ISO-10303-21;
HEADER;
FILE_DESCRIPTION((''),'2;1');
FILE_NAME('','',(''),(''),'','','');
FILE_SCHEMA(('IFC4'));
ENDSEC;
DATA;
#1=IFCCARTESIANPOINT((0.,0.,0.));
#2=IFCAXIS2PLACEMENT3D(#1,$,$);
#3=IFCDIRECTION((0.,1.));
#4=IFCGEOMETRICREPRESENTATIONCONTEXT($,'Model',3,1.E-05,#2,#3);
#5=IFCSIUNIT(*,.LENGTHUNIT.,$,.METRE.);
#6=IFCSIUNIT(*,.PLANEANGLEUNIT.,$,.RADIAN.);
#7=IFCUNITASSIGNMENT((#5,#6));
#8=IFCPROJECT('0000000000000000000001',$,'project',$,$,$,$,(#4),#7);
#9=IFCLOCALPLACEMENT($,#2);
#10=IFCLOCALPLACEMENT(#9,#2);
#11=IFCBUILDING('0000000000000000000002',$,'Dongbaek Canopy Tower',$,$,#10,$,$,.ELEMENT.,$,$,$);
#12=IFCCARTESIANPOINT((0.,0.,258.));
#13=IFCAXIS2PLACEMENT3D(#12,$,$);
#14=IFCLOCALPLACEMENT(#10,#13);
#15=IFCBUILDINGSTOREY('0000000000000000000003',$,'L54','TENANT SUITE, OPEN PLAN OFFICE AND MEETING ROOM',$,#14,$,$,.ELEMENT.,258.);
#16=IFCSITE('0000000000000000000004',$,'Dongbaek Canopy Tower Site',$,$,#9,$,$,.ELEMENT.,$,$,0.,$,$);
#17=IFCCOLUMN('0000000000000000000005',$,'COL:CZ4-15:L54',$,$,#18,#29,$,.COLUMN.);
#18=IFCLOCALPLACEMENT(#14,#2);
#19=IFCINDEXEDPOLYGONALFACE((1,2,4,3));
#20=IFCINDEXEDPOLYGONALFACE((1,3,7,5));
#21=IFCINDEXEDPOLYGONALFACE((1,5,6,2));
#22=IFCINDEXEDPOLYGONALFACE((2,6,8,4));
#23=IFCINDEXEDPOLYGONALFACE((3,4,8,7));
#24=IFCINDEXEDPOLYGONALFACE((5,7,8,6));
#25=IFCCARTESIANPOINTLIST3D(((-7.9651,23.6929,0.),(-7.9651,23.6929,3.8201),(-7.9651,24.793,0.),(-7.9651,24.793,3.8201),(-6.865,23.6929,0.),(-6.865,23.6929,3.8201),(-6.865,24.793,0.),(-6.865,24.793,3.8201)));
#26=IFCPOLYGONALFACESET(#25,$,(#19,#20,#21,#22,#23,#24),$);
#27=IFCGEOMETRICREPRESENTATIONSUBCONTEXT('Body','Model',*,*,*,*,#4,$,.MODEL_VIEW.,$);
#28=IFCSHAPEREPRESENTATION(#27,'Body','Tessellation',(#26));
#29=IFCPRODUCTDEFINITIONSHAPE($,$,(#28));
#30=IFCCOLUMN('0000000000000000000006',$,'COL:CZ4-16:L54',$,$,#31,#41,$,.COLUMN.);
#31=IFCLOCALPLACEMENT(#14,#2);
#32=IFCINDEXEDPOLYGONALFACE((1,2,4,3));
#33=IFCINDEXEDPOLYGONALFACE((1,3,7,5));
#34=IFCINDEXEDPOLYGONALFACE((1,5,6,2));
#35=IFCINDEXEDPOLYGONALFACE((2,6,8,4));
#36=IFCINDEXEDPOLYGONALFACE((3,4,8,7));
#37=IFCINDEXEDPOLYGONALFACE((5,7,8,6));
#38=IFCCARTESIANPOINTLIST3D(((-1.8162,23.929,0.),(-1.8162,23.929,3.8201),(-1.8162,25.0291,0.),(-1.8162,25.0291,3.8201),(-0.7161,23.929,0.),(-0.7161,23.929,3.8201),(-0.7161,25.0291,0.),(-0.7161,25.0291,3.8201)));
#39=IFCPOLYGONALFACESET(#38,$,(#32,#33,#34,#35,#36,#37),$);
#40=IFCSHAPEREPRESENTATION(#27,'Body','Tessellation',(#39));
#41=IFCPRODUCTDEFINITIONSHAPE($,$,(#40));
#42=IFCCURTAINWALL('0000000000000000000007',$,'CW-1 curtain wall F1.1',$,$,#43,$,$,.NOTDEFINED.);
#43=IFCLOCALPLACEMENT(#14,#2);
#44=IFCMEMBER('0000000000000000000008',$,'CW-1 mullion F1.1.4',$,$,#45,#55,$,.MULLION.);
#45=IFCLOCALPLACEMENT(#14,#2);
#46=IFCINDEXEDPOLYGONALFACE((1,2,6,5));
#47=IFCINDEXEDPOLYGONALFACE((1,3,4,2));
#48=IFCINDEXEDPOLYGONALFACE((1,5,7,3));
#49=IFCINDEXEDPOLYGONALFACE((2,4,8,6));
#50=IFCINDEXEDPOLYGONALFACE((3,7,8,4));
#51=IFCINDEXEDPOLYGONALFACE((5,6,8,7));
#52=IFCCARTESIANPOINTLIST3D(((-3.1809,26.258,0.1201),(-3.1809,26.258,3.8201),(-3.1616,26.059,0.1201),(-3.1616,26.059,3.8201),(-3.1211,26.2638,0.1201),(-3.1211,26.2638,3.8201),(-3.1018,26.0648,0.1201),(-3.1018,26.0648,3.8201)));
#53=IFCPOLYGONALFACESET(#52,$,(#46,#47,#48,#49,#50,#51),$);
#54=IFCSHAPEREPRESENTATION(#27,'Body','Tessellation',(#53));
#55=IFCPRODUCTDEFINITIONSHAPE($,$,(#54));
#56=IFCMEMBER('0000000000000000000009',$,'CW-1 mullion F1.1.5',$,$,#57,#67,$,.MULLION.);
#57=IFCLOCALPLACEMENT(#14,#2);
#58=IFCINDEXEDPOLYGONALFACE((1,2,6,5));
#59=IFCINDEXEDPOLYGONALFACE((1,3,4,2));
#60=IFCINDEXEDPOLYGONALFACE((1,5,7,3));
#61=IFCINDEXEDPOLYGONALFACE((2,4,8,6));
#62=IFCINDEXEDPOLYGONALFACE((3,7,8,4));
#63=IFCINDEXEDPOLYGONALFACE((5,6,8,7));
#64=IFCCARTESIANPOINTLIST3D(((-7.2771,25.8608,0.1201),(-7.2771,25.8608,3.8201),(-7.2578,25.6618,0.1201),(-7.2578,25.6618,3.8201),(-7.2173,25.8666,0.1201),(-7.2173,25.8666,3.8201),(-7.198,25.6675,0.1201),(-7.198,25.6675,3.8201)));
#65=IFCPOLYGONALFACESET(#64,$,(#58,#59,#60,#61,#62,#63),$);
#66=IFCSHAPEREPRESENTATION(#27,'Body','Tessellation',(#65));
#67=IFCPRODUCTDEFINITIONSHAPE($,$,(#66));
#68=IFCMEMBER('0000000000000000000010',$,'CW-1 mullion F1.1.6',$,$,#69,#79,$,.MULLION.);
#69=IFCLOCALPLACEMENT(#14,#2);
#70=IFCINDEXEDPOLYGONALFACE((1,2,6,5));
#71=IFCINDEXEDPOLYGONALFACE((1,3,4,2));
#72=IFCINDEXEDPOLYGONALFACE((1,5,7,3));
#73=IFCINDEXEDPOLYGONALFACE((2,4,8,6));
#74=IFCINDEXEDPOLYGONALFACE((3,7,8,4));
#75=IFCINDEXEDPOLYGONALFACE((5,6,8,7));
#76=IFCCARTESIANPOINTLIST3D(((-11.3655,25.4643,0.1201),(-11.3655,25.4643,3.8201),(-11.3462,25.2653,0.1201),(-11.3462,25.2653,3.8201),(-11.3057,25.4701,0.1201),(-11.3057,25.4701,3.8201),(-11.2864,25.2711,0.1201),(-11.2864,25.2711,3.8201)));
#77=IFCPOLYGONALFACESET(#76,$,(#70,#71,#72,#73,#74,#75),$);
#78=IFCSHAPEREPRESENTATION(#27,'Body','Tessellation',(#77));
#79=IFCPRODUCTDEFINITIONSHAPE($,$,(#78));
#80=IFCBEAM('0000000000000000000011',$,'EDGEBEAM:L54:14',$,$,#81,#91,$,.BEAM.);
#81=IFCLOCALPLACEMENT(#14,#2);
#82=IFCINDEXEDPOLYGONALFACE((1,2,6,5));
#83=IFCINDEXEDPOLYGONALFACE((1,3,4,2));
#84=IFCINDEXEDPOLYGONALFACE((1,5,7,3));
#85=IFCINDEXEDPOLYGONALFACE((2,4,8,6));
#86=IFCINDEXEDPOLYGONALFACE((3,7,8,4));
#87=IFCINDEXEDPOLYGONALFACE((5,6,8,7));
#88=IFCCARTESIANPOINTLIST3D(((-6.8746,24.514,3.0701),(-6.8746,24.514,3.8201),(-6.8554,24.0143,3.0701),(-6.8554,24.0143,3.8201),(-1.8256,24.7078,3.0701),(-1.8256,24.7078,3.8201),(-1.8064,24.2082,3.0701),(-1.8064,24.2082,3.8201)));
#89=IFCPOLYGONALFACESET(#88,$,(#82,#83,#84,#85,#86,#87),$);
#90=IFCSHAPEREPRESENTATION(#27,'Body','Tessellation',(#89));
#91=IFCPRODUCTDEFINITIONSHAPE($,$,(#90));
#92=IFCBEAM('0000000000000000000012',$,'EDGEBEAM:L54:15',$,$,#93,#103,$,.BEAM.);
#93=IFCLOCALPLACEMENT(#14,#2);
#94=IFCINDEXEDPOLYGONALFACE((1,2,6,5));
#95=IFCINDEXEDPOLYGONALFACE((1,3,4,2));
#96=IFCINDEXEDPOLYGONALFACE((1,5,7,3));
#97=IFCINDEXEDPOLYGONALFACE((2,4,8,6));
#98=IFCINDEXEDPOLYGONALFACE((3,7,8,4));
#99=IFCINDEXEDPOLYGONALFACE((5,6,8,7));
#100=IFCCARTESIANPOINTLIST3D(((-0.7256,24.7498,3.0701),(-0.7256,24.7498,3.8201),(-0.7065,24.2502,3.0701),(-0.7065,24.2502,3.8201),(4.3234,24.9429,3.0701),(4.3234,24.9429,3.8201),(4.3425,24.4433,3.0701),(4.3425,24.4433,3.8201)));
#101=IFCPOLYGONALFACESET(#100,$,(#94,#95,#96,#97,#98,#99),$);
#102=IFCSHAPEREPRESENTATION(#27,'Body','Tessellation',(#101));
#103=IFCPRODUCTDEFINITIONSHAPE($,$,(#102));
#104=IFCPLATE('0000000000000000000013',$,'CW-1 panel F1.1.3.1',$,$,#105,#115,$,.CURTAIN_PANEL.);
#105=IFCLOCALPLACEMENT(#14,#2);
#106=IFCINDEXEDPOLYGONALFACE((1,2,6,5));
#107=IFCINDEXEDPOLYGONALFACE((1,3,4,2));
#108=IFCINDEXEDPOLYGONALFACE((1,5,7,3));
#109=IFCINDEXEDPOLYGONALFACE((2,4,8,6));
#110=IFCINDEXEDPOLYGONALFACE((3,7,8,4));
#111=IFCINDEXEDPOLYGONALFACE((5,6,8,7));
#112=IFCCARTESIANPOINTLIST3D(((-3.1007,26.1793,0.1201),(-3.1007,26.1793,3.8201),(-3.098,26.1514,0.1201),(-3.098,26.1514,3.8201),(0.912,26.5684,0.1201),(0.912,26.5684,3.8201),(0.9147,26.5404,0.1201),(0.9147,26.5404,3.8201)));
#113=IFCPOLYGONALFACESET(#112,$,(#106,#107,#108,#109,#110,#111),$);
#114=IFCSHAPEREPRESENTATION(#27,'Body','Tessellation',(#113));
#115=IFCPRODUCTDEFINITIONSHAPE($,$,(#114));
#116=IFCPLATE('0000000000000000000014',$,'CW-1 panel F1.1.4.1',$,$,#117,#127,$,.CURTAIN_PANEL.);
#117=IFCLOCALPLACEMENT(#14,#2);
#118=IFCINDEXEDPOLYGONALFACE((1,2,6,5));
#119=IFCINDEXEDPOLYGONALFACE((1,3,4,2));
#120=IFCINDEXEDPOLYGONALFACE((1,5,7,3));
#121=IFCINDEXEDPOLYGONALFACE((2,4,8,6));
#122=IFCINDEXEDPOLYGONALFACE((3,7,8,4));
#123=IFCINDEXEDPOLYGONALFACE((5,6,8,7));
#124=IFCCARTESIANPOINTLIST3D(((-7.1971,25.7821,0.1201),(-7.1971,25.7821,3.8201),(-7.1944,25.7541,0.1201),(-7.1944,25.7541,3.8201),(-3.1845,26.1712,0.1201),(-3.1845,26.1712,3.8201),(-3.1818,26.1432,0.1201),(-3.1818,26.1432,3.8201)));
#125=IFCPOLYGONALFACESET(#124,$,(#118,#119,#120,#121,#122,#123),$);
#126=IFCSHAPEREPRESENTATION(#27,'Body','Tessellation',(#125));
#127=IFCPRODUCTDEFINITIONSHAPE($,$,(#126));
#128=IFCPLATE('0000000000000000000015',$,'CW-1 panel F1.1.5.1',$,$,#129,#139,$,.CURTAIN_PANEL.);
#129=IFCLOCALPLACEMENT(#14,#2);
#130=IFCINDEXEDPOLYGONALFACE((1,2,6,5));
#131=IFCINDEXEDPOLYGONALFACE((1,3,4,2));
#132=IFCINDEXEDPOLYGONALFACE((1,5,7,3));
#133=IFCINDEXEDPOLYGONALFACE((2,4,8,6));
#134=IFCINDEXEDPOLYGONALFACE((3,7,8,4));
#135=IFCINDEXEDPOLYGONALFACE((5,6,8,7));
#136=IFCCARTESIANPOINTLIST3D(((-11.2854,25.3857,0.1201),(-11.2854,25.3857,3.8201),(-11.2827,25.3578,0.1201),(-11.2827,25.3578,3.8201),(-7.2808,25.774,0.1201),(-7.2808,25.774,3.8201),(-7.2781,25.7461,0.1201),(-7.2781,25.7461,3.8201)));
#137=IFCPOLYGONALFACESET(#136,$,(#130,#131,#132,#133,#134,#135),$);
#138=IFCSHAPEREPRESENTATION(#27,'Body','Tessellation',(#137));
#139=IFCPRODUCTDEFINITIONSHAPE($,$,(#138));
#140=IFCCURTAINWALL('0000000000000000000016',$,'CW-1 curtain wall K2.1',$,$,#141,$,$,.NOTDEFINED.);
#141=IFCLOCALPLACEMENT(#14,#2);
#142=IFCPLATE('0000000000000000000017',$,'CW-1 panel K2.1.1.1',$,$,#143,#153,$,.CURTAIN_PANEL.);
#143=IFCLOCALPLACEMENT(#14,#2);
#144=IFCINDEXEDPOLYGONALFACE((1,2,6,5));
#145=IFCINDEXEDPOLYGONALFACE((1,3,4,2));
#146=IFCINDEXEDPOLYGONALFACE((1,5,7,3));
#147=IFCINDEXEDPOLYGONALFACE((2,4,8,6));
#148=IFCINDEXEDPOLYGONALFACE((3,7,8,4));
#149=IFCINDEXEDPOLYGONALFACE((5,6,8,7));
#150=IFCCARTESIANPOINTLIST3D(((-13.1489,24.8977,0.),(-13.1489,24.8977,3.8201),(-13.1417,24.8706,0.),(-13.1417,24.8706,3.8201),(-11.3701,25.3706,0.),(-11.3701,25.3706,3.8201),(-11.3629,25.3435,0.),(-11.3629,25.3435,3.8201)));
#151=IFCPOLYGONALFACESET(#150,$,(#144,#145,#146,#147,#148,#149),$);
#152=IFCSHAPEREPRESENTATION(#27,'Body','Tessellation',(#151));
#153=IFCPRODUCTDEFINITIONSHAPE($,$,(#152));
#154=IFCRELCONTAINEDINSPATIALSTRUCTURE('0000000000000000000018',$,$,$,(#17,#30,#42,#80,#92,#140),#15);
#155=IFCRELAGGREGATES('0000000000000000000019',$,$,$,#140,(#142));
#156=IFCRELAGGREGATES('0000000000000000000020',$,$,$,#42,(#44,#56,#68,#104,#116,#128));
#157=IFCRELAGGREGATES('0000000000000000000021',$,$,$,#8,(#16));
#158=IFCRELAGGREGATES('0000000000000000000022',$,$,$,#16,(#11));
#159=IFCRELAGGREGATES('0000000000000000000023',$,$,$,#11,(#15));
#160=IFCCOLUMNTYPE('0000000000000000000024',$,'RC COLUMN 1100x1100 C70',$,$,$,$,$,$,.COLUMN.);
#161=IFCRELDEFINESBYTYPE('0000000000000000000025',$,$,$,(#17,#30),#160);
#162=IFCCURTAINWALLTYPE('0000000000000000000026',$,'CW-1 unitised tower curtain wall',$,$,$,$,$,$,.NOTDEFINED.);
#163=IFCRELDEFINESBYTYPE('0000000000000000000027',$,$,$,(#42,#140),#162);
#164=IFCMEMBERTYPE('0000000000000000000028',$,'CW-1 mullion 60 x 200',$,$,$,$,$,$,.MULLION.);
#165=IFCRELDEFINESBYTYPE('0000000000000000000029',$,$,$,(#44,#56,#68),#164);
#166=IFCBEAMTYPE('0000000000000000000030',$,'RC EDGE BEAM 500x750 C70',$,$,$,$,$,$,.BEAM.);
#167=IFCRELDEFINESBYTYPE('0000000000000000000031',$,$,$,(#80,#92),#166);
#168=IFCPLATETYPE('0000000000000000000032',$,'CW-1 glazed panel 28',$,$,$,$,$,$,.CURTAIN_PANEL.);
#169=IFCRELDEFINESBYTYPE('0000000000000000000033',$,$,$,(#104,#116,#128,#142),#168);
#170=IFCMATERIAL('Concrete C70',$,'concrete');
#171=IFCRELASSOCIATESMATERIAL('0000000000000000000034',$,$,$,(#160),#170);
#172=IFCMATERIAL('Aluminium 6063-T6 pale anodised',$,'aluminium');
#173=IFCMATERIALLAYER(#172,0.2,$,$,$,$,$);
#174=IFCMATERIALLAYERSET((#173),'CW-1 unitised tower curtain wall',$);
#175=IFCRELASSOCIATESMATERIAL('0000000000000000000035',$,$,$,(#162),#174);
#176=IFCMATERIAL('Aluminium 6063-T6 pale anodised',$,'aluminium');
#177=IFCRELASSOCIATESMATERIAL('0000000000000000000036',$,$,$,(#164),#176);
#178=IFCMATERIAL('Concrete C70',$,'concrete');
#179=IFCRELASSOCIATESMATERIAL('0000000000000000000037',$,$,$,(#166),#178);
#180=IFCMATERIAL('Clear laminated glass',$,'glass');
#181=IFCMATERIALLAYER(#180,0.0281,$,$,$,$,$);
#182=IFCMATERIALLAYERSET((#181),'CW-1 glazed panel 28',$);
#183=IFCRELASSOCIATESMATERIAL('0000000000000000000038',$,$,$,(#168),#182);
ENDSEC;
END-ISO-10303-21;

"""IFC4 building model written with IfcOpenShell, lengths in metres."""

from ifc_helpers import new_model, si_unit, direction, frame, origin, origin_2d, place, context, subcontext, project, spatial, rectangle, extrude, material, layer, layer_set, material_profile, profile_set, type_object, element, aggregate, save


model = new_model("IFC4")

# Units and contexts
model_context = context("Model", 3, precision=1e-05, world=origin(), true_north=direction((0.0, 1.0)))
body_context = subcontext(model_context, "Body", "Model", "MODEL_VIEW")
ifc_project = project(units=[si_unit("LENGTHUNIT", "METRE"), si_unit("PLANEANGLEUNIT", "RADIAN")], contexts=[model_context])

# Site, building, storey
site_placement = place(None, origin())
site = spatial("IfcSite", under=ifc_project, at=site_placement, Name="Dongbaek Canopy Tower Site", CompositionType="ELEMENT", RefElevation=0.0)
building_placement = place(site_placement, origin())
building = spatial("IfcBuilding", under=site, at=building_placement, Name="Dongbaek Canopy Tower", CompositionType="ELEMENT")
storey_placement = place(building_placement, frame((0.0, 0.0, 258.0)))
storey = spatial("IfcBuildingStorey", under=building, at=storey_placement, Name="L54", Description="TENANT SUITE, OPEN PLAN OFFICE AND MEETING ROOM", CompositionType="ELEMENT", Elevation=258.0)

# Columns
ifc_material_1 = material(Name="Concrete C70", Category="concrete")
ifc_material_profile_1 = material_profile(ifc_material_1, rectangle(XDim=1.1001, YDim=1.1001, at=origin_2d()), Name="RC COLUMN 1100x1100 C70")
ifc_profile_set_1 = profile_set([ifc_material_profile_1], Name="Concrete C70")
column_type = type_object("IfcColumnType", Name="RC COLUMN 1100x1100 C70", PredefinedType="COLUMN", material=ifc_profile_set_1)
for number, where, z_axis, x_axis, name in (
    (1, (-7.415, 24.2429, 0.0), (0.0, 0.0, 1.0), (1.0, 0.0, 0.0), "COL:CZ4-15:L54"),
    (2, (-1.2661, 24.479, 0.0), (0.0, 0.0, 1.0), (1.0, 0.0, 0.0), "COL:CZ4-16:L54"),
):
    element("IfcColumn", number, at=place(storey_placement, frame(where, z_axis=z_axis, x_axis=x_axis)), inside=storey, type_object=column_type, Name=name, PredefinedType="COLUMN", context=body_context, shape_type="SweptSolid", body=[
        extrude(rectangle(XDim=1.1001, YDim=1.1001, at=origin_2d()), origin(), (0.0, 0.0, 1.0), 3.8201),
    ])

# Curtain wall, members
ifc_material_2 = material(Name="Aluminium 6063-T6 pale anodised", Category="aluminium")
ifc_layer_1 = layer(ifc_material_2, 0.2)
ifc_layer_set_1 = layer_set([ifc_layer_1], Name="CW-1 unitised tower curtain wall")
curtain_wall_type = type_object("IfcCurtainWallType", Name="CW-1 unitised tower curtain wall", PredefinedType="NOTDEFINED", material=ifc_layer_set_1)
curtain_wall_1_placement = place(storey_placement, origin())
curtain_wall_1 = element("IfcCurtainWall", 3, at=curtain_wall_1_placement, inside=storey, type_object=curtain_wall_type, Name="CW-1 curtain wall F1.1", PredefinedType="NOTDEFINED")
ifc_material_3 = material(Name="Aluminium 6063-T6 pale anodised", Category="aluminium")
ifc_material_profile_2 = material_profile(ifc_material_3, rectangle(XDim=0.2, YDim=0.0601, at=origin_2d()), Name="CW-1 mullion 60 x 200")
ifc_profile_set_2 = profile_set([ifc_material_profile_2], Name="Aluminium 6063-T6 pale anodised")
member_type = type_object("IfcMemberType", Name="CW-1 mullion 60 x 200", PredefinedType="MULLION", material=ifc_profile_set_2)
member_1_placement = place(storey_placement, frame((-3.1414, 26.1614, 0.1201), z_axis=(0.0, 0.0, 1.0), x_axis=(-0.096506, 0.995332, 0.0)))
member_1 = element("IfcMember", 4, at=member_1_placement, type_object=member_type, Name="CW-1 mullion F1.1.4", PredefinedType="MULLION", context=body_context, shape_type="SweptSolid", body=[
    extrude(rectangle(XDim=0.2, YDim=0.0601, at=origin_2d()), origin(), (0.0, 0.0, 1.0), 3.7),
])
member_2_placement = place(storey_placement, frame((-7.2375, 25.7642, 0.1201), z_axis=(0.0, 0.0, 1.0), x_axis=(-0.096506, 0.995332, 0.0)))
member_2 = element("IfcMember", 5, at=member_2_placement, type_object=member_type, Name="CW-1 mullion F1.1.5", PredefinedType="MULLION", context=body_context, shape_type="SweptSolid", body=[
    extrude(rectangle(XDim=0.2, YDim=0.0601, at=origin_2d()), origin(), (0.0, 0.0, 1.0), 3.7),
])
member_3_placement = place(storey_placement, frame((-11.3259, 25.3677, 0.1201), z_axis=(0.0, 0.0, 1.0), x_axis=(-0.096506, 0.995332, 0.0)))
member_3 = element("IfcMember", 6, at=member_3_placement, type_object=member_type, Name="CW-1 mullion F1.1.6", PredefinedType="MULLION", context=body_context, shape_type="SweptSolid", body=[
    extrude(rectangle(XDim=0.2, YDim=0.0601, at=origin_2d()), origin(), (0.0, 0.0, 1.0), 3.7),
])

# Beams
ifc_material_4 = material(Name="Concrete C70", Category="concrete")
ifc_material_profile_3 = material_profile(ifc_material_4, rectangle(XDim=0.5, YDim=0.75, at=origin_2d()), Name="RC EDGE BEAM 500x750 C70")
ifc_profile_set_3 = profile_set([ifc_material_profile_3], Name="Concrete C70")
beam_type = type_object("IfcBeamType", Name="RC EDGE BEAM 500x750 C70", PredefinedType="BEAM", material=ifc_profile_set_3)
for number, where, z_axis, x_axis, name in (
    (7, (-6.865, 24.2642, 3.4451), (0.999264, 0.038364, 0.0), (-0.038364, 0.999264, 0.0), "EDGEBEAM:L54:14"),
    (8, (-0.7161, 24.5, 3.4451), (0.999269, 0.03822, 0.0), (-0.03822, 0.999269, 0.0), "EDGEBEAM:L54:15"),
):
    element("IfcBeam", number, at=place(storey_placement, frame(where, z_axis=z_axis, x_axis=x_axis)), inside=storey, type_object=beam_type, Name=name, PredefinedType="BEAM", context=body_context, shape_type="SweptSolid", body=[
        extrude(rectangle(XDim=0.5, YDim=0.75, at=origin_2d()), origin(), (0.0, 0.0, 1.0), 5.0527),
    ])

# Plates
ifc_material_5 = material(Name="Clear laminated glass", Category="glass")
ifc_layer_2 = layer(ifc_material_5, 0.0281)
ifc_layer_set_2 = layer_set([ifc_layer_2], Name="CW-1 glazed panel 28")
plate_type = type_object("IfcPlateType", Name="CW-1 glazed panel 28", PredefinedType="CURTAIN_PANEL", material=ifc_layer_set_2)
plate_1_placement = place(storey_placement, frame((-1.093, 26.3599, 0.1201), z_axis=(0.0, 0.0, 1.0), x_axis=(-0.995332, -0.096506, 0.0)))
plate_1 = element("IfcPlate", 9, at=plate_1_placement, type_object=plate_type, Name="CW-1 panel F1.1.3.1", PredefinedType="CURTAIN_PANEL", context=body_context, shape_type="SweptSolid", body=[
    extrude(rectangle(XDim=4.0315, YDim=0.0281, at=origin_2d()), origin(), (0.0, 0.0, 1.0), 3.7),
])
plate_2_placement = place(storey_placement, frame((-5.1895, 25.9626, 0.1201), z_axis=(0.0, 0.0, 1.0), x_axis=(-0.995332, -0.096506, 0.0)))
plate_2 = element("IfcPlate", 10, at=plate_2_placement, type_object=plate_type, Name="CW-1 panel F1.1.4.1", PredefinedType="CURTAIN_PANEL", context=body_context, shape_type="SweptSolid", body=[
    extrude(rectangle(XDim=4.0315, YDim=0.0281, at=origin_2d()), origin(), (0.0, 0.0, 1.0), 3.7),
])
plate_3_placement = place(storey_placement, frame((-9.2817, 25.5659, 0.1201), z_axis=(0.0, 0.0, 1.0), x_axis=(-0.995332, -0.096506, 0.0)))
plate_3 = element("IfcPlate", 11, at=plate_3_placement, type_object=plate_type, Name="CW-1 panel F1.1.5.1", PredefinedType="CURTAIN_PANEL", context=body_context, shape_type="SweptSolid", body=[
    extrude(rectangle(XDim=4.0234, YDim=0.0281, at=origin_2d()), origin(), (0.0, 0.0, 1.0), 3.7),
])

# Curtain wall, plate
curtain_wall_2_placement = place(storey_placement, origin())
curtain_wall_2 = element("IfcCurtainWall", 12, at=curtain_wall_2_placement, inside=storey, type_object=curtain_wall_type, Name="CW-1 curtain wall K2.1", PredefinedType="NOTDEFINED")
plate_4_placement = place(storey_placement, frame((-12.2559, 25.1206, 0.0), z_axis=(0.0, 0.0, 1.0), x_axis=(-0.966438, -0.256901, 0.0)))
plate_4 = element("IfcPlate", 13, at=plate_4_placement, type_object=plate_type, Name="CW-1 panel K2.1.1.1", PredefinedType="CURTAIN_PANEL", context=body_context, shape_type="SweptSolid", body=[
    extrude(rectangle(XDim=1.8406, YDim=0.0281, at=origin_2d()), origin(), (0.0, 0.0, 1.0), 3.8201),
])
aggregate(curtain_wall_2, [plate_4])

aggregate(curtain_wall_1, [member_1, member_2, member_3, plate_1, plate_2, plate_3])

save(model, "model.ifc")
